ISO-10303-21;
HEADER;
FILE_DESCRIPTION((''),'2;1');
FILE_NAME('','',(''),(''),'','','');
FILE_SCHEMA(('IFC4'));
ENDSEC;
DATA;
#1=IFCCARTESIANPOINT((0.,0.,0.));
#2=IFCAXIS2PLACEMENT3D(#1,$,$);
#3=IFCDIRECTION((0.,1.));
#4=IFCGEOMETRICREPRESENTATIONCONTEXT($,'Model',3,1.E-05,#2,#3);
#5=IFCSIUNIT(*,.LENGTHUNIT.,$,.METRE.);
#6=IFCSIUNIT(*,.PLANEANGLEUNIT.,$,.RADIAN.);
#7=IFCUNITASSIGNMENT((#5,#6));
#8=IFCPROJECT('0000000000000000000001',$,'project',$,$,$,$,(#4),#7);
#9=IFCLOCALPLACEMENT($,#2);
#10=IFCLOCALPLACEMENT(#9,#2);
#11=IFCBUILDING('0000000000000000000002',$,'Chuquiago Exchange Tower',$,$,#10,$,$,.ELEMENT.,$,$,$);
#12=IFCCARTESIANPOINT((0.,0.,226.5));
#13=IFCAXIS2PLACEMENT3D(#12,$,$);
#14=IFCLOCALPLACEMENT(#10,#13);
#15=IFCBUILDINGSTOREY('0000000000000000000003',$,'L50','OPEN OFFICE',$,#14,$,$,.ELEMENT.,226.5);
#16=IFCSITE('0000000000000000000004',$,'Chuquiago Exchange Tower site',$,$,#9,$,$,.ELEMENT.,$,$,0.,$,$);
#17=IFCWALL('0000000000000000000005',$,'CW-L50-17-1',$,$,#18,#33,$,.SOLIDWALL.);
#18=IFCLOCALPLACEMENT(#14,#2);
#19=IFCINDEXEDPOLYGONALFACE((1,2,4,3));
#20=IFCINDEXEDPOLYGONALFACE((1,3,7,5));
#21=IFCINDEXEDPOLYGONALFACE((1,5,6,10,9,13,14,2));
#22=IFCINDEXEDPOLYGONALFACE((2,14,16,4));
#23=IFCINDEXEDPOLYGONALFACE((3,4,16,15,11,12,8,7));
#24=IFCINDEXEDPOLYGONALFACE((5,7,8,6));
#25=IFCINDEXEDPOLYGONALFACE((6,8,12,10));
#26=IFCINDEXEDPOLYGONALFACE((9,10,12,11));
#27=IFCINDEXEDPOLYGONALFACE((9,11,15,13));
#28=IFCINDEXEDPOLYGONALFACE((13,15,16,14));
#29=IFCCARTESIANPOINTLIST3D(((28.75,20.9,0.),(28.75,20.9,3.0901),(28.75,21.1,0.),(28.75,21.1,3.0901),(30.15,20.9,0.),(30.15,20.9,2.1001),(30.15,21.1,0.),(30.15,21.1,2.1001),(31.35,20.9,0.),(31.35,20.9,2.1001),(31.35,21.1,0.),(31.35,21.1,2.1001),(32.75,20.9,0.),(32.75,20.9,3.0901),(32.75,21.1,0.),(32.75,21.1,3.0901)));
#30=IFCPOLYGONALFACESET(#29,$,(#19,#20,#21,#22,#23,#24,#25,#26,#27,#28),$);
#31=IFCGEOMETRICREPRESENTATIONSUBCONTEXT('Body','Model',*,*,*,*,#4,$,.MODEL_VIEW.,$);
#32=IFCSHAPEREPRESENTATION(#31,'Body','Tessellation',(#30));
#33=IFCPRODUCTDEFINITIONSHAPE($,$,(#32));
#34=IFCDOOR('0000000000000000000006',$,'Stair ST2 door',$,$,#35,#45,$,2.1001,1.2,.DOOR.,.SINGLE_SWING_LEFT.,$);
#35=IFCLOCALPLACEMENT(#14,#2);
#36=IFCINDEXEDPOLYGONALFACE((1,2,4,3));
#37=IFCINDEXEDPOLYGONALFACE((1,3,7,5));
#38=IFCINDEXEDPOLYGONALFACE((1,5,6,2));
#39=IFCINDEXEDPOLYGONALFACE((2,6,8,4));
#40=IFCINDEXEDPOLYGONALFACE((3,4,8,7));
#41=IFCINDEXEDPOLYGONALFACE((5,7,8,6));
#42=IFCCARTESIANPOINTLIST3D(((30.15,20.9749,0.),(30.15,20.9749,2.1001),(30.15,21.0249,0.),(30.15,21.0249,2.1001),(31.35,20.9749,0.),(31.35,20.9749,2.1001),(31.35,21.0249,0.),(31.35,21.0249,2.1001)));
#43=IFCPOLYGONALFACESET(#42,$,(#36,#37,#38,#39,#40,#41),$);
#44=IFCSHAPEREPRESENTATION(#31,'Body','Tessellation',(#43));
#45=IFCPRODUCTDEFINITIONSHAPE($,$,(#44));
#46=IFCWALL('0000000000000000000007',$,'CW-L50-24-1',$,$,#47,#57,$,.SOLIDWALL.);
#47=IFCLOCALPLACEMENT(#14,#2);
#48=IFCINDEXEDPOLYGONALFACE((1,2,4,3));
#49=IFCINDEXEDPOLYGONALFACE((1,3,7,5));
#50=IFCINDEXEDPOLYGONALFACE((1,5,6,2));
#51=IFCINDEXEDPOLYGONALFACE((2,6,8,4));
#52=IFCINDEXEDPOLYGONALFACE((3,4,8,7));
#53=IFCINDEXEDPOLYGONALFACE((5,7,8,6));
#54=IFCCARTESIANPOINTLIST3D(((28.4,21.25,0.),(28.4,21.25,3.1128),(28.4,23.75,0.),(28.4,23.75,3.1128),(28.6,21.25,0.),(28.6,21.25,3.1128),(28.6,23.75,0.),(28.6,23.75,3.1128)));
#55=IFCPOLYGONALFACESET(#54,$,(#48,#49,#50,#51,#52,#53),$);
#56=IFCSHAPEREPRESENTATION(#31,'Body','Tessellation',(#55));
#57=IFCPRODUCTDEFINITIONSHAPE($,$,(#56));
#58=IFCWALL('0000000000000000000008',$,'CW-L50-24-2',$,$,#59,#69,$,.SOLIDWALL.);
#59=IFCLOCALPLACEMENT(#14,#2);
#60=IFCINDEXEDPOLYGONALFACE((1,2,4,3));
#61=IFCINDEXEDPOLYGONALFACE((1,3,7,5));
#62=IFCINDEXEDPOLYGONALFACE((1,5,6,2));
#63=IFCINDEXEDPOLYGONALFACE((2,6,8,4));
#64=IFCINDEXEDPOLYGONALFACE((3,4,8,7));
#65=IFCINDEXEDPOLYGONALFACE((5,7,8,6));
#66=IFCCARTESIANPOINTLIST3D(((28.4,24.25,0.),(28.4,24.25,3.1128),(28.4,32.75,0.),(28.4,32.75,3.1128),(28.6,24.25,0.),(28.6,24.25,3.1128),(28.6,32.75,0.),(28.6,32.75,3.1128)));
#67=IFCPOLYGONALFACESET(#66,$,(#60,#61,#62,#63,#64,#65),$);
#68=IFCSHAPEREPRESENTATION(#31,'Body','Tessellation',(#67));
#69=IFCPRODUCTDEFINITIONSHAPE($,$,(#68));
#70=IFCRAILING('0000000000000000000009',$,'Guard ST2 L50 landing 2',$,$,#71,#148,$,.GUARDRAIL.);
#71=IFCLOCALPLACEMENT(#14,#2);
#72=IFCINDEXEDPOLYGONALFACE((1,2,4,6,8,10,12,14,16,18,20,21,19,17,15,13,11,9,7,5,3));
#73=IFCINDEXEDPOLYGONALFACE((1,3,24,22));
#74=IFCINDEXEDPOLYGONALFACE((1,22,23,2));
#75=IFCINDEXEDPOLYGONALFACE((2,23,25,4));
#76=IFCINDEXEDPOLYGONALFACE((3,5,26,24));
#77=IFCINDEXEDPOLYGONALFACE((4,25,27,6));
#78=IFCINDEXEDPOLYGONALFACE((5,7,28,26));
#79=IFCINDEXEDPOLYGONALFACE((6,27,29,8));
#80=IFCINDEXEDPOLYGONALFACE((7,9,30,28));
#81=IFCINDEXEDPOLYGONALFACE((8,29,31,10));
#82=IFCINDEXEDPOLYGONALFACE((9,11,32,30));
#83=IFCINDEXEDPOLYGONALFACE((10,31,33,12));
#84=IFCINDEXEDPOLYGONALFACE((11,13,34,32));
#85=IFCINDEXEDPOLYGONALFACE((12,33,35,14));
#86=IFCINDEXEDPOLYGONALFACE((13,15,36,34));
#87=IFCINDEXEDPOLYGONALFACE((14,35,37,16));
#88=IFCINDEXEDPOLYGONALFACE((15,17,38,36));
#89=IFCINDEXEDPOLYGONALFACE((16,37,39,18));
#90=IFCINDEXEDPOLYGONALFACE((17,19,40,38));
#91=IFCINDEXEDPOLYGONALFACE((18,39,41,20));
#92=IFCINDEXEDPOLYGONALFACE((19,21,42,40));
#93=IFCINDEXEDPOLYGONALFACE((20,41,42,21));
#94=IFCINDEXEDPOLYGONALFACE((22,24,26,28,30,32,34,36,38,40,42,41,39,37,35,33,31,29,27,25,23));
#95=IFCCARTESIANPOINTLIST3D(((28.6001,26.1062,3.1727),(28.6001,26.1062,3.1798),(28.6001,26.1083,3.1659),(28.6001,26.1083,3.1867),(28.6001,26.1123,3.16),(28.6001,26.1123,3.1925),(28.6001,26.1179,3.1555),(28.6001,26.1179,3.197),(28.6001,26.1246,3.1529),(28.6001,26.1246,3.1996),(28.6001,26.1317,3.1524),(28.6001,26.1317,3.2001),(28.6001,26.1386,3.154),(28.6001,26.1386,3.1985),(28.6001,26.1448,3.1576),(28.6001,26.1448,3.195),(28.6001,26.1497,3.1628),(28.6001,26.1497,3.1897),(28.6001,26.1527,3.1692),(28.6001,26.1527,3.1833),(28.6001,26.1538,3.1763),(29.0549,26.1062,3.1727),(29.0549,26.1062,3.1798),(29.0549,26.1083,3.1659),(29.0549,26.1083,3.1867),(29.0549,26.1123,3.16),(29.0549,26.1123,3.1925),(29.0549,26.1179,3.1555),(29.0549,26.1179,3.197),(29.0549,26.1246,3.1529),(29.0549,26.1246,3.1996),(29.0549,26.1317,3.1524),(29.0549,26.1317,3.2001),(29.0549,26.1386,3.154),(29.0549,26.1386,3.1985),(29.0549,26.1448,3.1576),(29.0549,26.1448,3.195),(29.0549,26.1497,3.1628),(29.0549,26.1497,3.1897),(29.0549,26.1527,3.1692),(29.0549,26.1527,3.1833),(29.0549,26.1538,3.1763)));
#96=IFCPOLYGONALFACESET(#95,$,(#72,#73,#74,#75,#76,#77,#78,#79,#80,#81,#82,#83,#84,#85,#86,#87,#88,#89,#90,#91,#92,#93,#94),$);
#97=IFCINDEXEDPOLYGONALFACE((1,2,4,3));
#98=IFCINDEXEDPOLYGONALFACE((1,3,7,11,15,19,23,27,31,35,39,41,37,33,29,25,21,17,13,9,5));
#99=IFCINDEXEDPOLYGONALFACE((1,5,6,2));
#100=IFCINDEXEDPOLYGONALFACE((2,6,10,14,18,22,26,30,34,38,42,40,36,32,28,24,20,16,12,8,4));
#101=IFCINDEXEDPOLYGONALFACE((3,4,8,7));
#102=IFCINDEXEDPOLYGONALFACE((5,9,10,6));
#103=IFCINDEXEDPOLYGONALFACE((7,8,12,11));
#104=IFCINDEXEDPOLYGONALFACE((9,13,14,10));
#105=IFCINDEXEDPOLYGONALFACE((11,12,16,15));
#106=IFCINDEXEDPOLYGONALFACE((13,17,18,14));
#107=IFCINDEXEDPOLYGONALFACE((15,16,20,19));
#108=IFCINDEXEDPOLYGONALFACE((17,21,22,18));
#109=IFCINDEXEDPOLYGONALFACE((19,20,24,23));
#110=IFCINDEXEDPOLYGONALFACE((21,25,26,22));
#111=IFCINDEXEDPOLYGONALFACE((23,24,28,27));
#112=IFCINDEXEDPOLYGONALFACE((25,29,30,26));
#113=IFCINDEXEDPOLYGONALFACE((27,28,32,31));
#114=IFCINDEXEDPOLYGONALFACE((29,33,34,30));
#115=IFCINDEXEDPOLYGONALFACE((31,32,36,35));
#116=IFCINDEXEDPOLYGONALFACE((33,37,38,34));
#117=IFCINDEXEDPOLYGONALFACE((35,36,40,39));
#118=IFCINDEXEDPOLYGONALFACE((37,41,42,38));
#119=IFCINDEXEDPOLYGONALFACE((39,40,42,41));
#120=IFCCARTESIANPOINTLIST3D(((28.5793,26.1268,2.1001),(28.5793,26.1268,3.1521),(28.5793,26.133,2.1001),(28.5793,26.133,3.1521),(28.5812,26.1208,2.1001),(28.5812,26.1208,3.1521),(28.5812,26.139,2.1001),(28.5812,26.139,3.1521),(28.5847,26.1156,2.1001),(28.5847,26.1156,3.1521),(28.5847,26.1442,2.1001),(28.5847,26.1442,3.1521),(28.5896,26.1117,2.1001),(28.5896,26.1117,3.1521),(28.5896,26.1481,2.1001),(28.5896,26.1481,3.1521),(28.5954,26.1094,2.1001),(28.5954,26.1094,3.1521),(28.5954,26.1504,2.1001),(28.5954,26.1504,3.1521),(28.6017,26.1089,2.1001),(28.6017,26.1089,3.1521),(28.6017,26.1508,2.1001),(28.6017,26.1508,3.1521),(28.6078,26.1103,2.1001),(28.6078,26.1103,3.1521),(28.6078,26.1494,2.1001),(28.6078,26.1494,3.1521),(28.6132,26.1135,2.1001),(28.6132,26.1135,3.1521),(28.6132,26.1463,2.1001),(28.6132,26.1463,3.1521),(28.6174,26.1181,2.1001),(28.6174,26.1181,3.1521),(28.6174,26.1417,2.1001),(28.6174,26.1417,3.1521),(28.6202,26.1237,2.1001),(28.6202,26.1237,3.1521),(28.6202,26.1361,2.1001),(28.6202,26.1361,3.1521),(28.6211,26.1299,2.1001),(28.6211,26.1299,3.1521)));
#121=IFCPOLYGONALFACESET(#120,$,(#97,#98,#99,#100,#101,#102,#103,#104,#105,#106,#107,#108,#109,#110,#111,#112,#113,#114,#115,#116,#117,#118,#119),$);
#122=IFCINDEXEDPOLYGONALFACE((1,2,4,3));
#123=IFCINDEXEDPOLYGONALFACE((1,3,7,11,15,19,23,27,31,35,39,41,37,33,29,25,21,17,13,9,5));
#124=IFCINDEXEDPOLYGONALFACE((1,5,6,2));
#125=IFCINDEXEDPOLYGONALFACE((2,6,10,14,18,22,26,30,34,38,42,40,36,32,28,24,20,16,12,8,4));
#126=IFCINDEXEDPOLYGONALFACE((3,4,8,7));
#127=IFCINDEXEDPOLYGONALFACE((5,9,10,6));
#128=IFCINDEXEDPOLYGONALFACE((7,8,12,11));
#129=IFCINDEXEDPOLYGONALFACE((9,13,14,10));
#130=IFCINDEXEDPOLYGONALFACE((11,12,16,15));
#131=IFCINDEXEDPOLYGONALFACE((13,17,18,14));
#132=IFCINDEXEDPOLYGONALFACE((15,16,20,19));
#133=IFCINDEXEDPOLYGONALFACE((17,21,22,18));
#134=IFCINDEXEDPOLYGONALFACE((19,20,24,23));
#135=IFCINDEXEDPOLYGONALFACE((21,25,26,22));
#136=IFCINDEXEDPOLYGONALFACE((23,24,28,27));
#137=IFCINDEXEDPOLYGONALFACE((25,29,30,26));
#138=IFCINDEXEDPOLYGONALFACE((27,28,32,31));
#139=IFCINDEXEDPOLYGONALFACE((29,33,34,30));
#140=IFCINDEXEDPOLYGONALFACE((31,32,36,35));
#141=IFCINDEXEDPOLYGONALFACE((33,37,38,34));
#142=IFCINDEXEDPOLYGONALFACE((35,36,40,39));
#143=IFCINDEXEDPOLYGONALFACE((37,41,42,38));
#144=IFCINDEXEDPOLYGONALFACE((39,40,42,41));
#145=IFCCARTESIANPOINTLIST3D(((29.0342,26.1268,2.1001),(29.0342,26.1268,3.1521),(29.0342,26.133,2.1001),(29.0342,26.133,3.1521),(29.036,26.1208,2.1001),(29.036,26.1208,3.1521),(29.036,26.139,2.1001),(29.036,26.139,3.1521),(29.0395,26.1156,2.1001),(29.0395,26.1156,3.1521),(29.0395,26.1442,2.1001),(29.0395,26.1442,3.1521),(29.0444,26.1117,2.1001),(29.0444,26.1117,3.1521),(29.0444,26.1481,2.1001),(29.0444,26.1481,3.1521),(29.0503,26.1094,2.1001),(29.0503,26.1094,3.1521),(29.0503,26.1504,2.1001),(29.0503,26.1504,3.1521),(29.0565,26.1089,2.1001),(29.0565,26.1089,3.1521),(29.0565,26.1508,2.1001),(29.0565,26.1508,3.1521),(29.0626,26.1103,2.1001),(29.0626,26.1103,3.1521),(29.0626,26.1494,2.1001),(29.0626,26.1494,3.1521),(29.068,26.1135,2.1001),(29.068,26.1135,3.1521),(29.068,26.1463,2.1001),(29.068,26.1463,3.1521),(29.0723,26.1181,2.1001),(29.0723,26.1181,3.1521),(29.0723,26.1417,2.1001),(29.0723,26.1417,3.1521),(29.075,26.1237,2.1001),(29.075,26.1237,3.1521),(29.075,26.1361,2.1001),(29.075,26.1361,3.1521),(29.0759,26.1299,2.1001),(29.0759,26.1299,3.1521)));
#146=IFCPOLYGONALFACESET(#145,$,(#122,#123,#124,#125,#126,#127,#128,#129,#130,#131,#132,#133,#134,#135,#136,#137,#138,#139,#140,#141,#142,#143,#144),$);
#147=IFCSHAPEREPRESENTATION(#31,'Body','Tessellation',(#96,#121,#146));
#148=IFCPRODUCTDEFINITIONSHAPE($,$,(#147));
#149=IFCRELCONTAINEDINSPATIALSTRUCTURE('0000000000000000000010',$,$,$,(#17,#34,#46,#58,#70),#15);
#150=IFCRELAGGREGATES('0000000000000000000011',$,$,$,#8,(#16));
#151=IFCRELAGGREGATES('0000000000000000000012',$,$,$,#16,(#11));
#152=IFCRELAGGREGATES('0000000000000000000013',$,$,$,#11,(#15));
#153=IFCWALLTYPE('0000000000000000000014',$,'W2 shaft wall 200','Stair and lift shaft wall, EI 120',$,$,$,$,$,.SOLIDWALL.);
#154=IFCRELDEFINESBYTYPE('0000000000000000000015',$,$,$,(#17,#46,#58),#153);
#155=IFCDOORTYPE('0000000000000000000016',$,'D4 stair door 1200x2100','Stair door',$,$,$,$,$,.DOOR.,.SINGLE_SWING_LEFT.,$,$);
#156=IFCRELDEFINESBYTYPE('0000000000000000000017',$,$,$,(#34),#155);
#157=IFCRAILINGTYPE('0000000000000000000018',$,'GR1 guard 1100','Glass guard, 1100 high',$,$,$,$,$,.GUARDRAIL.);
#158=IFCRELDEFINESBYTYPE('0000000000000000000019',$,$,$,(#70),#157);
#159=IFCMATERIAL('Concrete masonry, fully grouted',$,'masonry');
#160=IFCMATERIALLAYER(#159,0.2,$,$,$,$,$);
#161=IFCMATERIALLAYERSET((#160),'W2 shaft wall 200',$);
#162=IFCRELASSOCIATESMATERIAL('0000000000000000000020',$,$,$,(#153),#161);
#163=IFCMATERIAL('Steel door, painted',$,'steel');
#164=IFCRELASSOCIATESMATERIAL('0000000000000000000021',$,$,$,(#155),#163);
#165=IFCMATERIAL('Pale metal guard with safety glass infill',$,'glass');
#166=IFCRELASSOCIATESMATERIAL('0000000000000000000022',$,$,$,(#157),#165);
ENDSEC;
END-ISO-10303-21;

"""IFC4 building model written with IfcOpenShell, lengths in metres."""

from ifc_helpers import new_model, si_unit, direction, frame, frame_2d, origin, origin_2d, place, context, subcontext, project, spatial, rectangle, circle, extrude, material, layer, layer_set, type_object, element, fill, save


model = new_model("IFC4")

# Units and contexts
model_context = context("Model", 3, precision=1e-05, world=origin(), true_north=direction((0.0, 1.0)))
body_context = subcontext(model_context, "Body", "Model", "MODEL_VIEW")
ifc_project = project(units=[si_unit("LENGTHUNIT", "METRE"), si_unit("PLANEANGLEUNIT", "RADIAN")], contexts=[model_context])

# Site, building, storey
site_placement = place(None, origin())
site = spatial("IfcSite", under=ifc_project, at=site_placement, Name="Chuquiago Exchange Tower site", CompositionType="ELEMENT", RefElevation=0.0)
building_placement = place(site_placement, origin())
building = spatial("IfcBuilding", under=site, at=building_placement, Name="Chuquiago Exchange Tower", CompositionType="ELEMENT")
storey_placement = place(building_placement, frame((0.0, 0.0, 226.5)))
storey = spatial("IfcBuildingStorey", under=building, at=storey_placement, Name="L50", Description="OPEN OFFICE", CompositionType="ELEMENT", Elevation=226.5)

# Shared definitions
ifc_material_1 = material(Name="Concrete masonry, fully grouted", Category="masonry")
ifc_layer = layer(ifc_material_1, 0.2)
ifc_layer_set = layer_set([ifc_layer], Name="W2 shaft wall 200")
wall_type = type_object("IfcWallType", Name="W2 shaft wall 200", Description="Stair and lift shaft wall, EI 120", PredefinedType="SOLIDWALL", material=ifc_layer_set)

# Wall, opening, door
wall_1_placement = place(storey_placement, frame((28.75, 21.0, 0.0), z_axis=(0.0, 0.0, 1.0), x_axis=(1.0, 0.0, 0.0)))
wall_1 = element("IfcWall", 1, at=wall_1_placement, inside=storey, type_object=wall_type, Name="CW-L50-17-1", PredefinedType="SOLIDWALL", context=body_context, shape_type="SweptSolid", body=[
    extrude(rectangle(XDim=4.0, YDim=0.2, at=frame_2d((2.0, 0.0))), origin(), (0.0, 0.0, 1.0), 3.0901),
])
opening_placement = place(wall_1_placement, frame((1.3999, 0.0, 0.0)))
opening = element("IfcOpeningElement", 2, at=opening_placement, cuts=wall_1, PredefinedType="OPENING", context=body_context, shape_type="SweptSolid", body=[
    extrude(rectangle(XDim=1.2, YDim=2.1001, at=frame_2d((0.6001, 1.05))), frame((0.0, 0.1099, 0.0), z_axis=(0.0, -1.0, 0.0), x_axis=(1.0, 0.0, 0.0)), (0.0, 0.0, 1.0), 0.22),
])
ifc_material_2 = material(Name="Steel door, painted", Category="steel")
door_type = type_object("IfcDoorType", Name="D4 stair door 1200x2100", Description="Stair door", OperationType="SINGLE_SWING_LEFT", PredefinedType="DOOR", material=ifc_material_2)
door_placement = place(opening_placement, origin())
door = element("IfcDoor", 3, at=door_placement, inside=storey, type_object=door_type, Name="Stair ST2 door", OperationType="SINGLE_SWING_LEFT", OverallHeight=2.1001, OverallWidth=1.2, PredefinedType="DOOR", context=body_context, shape_type="SweptSolid", body=[
    extrude(rectangle(XDim=1.2, YDim=2.1001, at=frame_2d((0.6001, 1.05))), frame((0.0, 0.0249, 0.0), z_axis=(0.0, -1.0, 0.0), x_axis=(1.0, 0.0, 0.0)), (0.0, 0.0, 1.0), 0.05),
])
fill(opening, door)

# Walls
wall_2_placement = place(storey_placement, frame((28.5, 21.25, 0.0), z_axis=(0.0, 0.0, 1.0), x_axis=(0.0, 1.0, 0.0)))
element("IfcWall", 4, at=wall_2_placement, inside=storey, type_object=wall_type, Name="CW-L50-24-1", PredefinedType="SOLIDWALL", context=body_context, shape_type="SweptSolid", body=[
    extrude(rectangle(XDim=2.5, YDim=0.2, at=frame_2d((1.25, 0.0))), origin(), (0.0, 0.0, 1.0), 3.1128),
])
wall_3_placement = place(storey_placement, frame((28.5, 24.25, 0.0), z_axis=(0.0, 0.0, 1.0), x_axis=(0.0, 1.0, 0.0)))
element("IfcWall", 5, at=wall_3_placement, inside=storey, type_object=wall_type, Name="CW-L50-24-2", PredefinedType="SOLIDWALL", context=body_context, shape_type="SweptSolid", body=[
    extrude(rectangle(XDim=8.5, YDim=0.2, at=frame_2d((4.25, 0.0))), origin(), (0.0, 0.0, 1.0), 3.1128),
])

# Railing
ifc_material_3 = material(Name="Pale metal guard with safety glass infill", Category="glass")
railing_type_1 = type_object("IfcRailingType", Name="GR1 guard 1100", Description="Glass guard, 1100 high", PredefinedType="GUARDRAIL", material=ifc_material_3)
railing_1_placement = place(storey_placement, frame((28.6001, 26.1299, 2.1001)))
element("IfcRailing", 6, at=railing_1_placement, inside=storey, type_object=railing_type_1, Name="Guard ST2 L50 landing 2", PredefinedType="GUARDRAIL", context=body_context, shape_type="SweptSolid", body=[
    extrude(circle(Radius=0.0239, at=origin_2d()), frame((0.0, 0.0, 1.0762), z_axis=(1.0, 0.0, 0.0), x_axis=(0.0, 1.0, 0.0)), (0.0, 0.0, 1.0), 0.4548),
    extrude(circle(Radius=0.021, at=origin_2d()), origin(), (0.0, 0.0, 1.0), 1.052),
    extrude(circle(Radius=0.021, at=origin_2d()), frame((0.4548, 0.0, 0.0)), (0.0, 0.0, 1.0), 1.052),
])

save(model, "model.ifc")
